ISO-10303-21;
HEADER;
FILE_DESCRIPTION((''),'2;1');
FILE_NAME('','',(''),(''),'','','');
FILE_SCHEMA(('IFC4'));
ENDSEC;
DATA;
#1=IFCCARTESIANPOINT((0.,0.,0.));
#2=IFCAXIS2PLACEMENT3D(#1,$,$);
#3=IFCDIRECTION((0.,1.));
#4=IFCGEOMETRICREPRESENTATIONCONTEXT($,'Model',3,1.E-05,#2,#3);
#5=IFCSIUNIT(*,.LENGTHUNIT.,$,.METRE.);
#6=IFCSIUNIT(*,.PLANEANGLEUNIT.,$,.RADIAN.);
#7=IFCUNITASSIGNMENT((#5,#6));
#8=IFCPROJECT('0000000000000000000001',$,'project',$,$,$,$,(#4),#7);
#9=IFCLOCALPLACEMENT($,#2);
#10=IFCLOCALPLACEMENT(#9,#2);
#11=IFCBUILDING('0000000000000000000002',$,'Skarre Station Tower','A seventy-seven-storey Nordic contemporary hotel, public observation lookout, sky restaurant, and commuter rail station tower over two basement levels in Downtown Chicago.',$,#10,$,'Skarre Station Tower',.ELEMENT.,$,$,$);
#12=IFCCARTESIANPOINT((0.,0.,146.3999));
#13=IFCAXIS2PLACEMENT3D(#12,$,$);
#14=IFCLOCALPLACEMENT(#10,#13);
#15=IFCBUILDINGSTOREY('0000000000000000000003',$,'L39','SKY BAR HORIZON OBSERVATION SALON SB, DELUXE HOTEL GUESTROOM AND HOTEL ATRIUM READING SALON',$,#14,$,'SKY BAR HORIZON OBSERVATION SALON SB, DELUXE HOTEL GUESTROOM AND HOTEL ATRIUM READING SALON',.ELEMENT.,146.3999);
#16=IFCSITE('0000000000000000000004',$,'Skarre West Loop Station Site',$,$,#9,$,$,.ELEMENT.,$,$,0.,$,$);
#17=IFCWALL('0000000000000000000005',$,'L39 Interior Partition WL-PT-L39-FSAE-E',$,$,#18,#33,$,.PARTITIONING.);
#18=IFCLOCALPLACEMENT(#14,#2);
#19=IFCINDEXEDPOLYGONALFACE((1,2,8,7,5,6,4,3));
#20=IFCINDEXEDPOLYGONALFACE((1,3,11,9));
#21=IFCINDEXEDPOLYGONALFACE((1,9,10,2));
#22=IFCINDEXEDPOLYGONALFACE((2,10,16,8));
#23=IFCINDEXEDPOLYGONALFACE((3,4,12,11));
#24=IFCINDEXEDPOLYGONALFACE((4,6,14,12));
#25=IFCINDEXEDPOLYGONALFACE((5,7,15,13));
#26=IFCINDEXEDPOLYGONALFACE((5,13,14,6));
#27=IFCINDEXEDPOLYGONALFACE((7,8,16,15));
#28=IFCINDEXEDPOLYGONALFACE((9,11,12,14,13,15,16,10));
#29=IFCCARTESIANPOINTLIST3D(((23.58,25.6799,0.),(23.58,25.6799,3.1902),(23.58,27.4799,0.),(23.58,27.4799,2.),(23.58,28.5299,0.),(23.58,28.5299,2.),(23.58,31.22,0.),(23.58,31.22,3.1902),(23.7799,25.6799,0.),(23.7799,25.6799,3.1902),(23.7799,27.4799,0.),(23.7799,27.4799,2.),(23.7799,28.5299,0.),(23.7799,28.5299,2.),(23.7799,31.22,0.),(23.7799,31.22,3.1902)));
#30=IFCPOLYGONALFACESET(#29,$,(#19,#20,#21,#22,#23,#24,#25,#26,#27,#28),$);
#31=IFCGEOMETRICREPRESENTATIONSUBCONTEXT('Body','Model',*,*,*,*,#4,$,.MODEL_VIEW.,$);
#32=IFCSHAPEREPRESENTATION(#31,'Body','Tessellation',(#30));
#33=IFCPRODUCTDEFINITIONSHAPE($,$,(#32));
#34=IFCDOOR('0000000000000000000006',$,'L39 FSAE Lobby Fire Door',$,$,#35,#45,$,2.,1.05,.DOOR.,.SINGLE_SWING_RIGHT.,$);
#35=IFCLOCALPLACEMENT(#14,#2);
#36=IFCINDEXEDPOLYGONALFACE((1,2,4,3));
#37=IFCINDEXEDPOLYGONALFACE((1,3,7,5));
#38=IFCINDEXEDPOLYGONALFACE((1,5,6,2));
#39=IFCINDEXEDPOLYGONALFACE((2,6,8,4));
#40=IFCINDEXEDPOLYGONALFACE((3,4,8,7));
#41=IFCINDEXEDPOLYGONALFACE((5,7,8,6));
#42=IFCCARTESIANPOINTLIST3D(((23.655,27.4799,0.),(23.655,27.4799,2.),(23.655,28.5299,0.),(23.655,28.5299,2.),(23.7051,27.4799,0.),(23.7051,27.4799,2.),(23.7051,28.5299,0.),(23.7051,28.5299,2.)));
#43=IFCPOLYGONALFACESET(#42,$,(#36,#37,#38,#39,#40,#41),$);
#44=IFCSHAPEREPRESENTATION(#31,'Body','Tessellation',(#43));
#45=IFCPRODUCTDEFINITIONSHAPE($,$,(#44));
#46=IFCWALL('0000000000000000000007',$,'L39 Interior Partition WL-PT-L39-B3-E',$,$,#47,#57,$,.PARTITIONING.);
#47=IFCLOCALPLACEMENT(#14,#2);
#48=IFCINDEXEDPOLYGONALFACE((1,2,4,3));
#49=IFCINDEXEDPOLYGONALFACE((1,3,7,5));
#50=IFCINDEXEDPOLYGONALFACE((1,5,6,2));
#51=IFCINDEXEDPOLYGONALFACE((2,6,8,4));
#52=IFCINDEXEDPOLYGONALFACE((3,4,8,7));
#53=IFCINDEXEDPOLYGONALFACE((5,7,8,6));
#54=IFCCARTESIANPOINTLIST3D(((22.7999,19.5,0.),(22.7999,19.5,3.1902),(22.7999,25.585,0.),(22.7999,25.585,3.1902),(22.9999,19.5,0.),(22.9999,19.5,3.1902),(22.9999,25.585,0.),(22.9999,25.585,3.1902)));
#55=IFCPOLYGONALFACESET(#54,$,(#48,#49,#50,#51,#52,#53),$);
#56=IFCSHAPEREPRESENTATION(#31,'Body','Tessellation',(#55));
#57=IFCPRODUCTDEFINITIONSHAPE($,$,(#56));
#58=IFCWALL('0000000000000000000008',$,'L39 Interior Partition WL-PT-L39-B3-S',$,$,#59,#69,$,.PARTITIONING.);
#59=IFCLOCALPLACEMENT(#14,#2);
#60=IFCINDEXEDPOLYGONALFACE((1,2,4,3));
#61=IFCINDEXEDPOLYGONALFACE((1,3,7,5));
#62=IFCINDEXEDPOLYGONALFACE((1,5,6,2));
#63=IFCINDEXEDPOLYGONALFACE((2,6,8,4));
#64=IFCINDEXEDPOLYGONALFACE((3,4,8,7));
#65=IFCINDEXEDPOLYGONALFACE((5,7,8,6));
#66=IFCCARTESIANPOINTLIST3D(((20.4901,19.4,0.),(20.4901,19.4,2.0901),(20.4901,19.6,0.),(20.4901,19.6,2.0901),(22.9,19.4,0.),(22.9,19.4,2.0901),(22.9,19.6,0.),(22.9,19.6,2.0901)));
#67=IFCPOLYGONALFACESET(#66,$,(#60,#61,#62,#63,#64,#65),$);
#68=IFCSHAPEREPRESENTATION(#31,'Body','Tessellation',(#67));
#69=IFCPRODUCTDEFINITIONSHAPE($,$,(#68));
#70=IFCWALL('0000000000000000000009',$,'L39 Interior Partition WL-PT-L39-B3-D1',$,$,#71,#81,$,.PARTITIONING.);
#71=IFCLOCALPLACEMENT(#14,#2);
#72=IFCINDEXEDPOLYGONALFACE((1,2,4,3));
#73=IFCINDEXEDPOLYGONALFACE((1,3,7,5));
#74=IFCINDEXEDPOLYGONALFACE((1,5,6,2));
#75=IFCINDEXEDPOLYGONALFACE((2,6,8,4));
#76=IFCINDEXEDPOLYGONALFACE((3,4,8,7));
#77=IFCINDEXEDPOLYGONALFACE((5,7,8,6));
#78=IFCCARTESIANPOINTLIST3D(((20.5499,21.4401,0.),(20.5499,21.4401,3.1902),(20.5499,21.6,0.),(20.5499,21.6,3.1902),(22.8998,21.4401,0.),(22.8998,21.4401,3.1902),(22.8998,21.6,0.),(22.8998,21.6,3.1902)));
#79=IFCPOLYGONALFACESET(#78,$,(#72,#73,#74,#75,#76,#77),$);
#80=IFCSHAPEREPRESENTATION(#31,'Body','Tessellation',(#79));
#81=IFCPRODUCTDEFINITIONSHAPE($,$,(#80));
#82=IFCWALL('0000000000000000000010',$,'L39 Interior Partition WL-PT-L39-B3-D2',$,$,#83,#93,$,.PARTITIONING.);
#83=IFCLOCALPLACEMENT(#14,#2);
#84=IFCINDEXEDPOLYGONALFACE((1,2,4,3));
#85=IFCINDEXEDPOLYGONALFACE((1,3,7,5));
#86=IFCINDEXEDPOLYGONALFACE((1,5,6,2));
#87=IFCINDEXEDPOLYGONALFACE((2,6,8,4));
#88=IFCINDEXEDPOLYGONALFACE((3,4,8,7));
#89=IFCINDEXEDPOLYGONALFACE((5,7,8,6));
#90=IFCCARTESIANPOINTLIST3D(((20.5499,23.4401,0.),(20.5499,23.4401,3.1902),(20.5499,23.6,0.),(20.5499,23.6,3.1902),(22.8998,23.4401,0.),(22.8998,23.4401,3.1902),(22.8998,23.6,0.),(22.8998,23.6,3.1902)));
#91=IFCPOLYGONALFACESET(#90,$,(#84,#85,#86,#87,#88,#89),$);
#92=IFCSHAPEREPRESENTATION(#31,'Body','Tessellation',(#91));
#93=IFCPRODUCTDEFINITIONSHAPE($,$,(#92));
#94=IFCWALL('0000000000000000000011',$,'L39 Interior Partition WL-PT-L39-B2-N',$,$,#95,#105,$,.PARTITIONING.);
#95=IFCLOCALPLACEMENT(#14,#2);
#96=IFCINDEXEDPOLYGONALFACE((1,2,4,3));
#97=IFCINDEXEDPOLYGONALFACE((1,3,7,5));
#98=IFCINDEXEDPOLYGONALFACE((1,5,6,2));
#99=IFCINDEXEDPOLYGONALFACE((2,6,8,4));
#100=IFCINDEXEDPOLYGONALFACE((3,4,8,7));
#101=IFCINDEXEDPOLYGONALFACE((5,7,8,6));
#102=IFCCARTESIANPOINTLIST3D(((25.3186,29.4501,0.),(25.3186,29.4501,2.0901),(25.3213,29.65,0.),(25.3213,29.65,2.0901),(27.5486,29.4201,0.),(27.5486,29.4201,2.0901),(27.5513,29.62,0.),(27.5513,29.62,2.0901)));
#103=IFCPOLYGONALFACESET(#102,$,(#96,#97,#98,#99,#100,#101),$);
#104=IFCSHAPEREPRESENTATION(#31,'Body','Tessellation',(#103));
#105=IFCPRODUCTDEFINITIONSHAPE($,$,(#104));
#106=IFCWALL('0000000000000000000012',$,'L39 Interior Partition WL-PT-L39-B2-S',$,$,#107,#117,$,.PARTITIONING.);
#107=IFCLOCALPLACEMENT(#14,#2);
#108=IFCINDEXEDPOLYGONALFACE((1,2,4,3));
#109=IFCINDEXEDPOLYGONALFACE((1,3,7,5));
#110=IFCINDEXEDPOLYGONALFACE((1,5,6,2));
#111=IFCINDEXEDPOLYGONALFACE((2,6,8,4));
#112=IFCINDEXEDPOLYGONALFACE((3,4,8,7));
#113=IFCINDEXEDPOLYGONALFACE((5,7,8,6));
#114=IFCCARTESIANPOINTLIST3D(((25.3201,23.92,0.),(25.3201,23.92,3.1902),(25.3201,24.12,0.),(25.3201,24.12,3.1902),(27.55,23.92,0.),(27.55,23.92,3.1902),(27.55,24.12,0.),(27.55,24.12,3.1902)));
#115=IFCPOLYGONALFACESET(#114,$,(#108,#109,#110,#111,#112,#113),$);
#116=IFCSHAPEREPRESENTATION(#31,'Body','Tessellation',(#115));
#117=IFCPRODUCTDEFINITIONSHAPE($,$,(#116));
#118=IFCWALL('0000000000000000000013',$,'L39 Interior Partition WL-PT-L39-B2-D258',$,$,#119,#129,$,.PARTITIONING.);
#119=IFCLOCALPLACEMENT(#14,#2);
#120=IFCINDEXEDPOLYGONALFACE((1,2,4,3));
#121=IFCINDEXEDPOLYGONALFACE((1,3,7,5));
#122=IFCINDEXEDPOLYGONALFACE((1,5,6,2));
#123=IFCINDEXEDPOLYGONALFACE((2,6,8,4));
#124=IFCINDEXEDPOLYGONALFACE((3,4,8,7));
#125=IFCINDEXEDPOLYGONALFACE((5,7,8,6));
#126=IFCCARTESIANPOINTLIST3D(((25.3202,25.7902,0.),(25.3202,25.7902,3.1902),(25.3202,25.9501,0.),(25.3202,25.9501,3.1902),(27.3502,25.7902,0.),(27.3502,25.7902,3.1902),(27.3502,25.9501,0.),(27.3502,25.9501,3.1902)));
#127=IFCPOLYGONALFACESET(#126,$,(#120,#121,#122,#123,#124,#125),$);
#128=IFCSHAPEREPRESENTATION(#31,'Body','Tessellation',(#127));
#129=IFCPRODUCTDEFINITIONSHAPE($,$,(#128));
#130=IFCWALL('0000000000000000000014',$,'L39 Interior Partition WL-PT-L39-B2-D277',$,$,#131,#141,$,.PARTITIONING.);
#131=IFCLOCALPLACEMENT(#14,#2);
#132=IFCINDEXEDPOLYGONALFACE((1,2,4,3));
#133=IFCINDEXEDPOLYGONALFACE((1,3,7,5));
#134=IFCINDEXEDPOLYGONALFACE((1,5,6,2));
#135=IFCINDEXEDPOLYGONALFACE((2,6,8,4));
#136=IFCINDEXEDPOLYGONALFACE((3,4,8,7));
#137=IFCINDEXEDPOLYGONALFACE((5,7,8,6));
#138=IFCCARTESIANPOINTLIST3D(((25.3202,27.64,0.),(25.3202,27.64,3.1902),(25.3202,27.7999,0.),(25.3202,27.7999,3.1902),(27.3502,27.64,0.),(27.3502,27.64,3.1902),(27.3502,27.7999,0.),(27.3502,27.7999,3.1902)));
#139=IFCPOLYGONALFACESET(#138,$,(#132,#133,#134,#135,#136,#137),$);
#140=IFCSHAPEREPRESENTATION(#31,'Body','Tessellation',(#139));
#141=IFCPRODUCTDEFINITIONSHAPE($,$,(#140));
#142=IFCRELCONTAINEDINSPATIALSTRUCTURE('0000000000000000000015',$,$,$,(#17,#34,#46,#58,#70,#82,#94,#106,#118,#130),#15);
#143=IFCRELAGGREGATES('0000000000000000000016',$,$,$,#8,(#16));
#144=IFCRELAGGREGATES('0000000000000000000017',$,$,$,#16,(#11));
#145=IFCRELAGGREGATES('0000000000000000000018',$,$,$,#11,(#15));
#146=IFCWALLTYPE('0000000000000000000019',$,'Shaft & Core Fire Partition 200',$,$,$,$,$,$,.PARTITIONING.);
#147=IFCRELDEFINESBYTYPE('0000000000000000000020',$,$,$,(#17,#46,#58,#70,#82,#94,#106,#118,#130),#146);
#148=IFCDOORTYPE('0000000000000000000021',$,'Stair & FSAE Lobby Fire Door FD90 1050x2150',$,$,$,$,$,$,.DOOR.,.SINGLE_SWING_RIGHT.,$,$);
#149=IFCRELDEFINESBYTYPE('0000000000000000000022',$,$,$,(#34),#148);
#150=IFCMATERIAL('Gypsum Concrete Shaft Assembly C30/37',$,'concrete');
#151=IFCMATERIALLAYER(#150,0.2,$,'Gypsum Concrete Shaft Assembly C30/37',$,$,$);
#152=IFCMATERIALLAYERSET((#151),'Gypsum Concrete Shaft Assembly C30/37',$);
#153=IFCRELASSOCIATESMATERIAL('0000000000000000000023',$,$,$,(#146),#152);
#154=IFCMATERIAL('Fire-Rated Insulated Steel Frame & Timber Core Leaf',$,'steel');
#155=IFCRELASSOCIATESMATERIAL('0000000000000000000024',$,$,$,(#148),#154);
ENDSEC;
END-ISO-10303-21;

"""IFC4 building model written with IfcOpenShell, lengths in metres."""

from ifc_helpers import new_model, si_unit, direction, frame, frame_2d, origin, place, context, subcontext, project, spatial, rectangle, extrude, material, layer, layer_set, type_object, element, fill, save


model = new_model("IFC4")

# Units and contexts
model_context = context("Model", 3, precision=1e-05, world=origin(), true_north=direction((0.0, 1.0)))
body_context = subcontext(model_context, "Body", "Model", "MODEL_VIEW")
ifc_project = project(units=[si_unit("LENGTHUNIT", "METRE"), si_unit("PLANEANGLEUNIT", "RADIAN")], contexts=[model_context])

# Site, building, storey
site_placement = place(None, origin())
site = spatial("IfcSite", under=ifc_project, at=site_placement, Name="Skarre West Loop Station Site", CompositionType="ELEMENT", RefElevation=0.0)
building_placement = place(site_placement, origin())
building = spatial("IfcBuilding", under=site, at=building_placement, Name="Skarre Station Tower", Description="A seventy-seven-storey Nordic contemporary hotel, public observation lookout, sky restaurant, and commuter rail station tower over two basement levels in Downtown Chicago.", LongName="Skarre Station Tower", CompositionType="ELEMENT")
storey_placement = place(building_placement, frame((0.0, 0.0, 146.3999)))
storey = spatial("IfcBuildingStorey", under=building, at=storey_placement, Name="L39", Description="SKY BAR HORIZON OBSERVATION SALON SB, DELUXE HOTEL GUESTROOM AND HOTEL ATRIUM READING SALON", LongName="SKY BAR HORIZON OBSERVATION SALON SB, DELUXE HOTEL GUESTROOM AND HOTEL ATRIUM READING SALON", CompositionType="ELEMENT", Elevation=146.3999)

# Shared definitions
ifc_material_1 = material(Name="Gypsum Concrete Shaft Assembly C30/37", Category="concrete")
ifc_layer_1 = layer(ifc_material_1, 0.2, Name="Gypsum Concrete Shaft Assembly C30/37")
ifc_layer_set_1 = layer_set([ifc_layer_1], Name="Gypsum Concrete Shaft Assembly C30/37")
wall_type_1 = type_object("IfcWallType", Name="Shaft & Core Fire Partition 200", PredefinedType="PARTITIONING", material=ifc_layer_set_1)

# Wall, opening, door
wall_1_placement = place(storey_placement, frame((23.6799, 25.6799, 0.0), z_axis=(0.0, 0.0, 1.0), x_axis=(0.0, 1.0, 0.0)))
wall_1 = element("IfcWall", 1, at=wall_1_placement, inside=storey, type_object=wall_type_1, Name="L39 Interior Partition WL-PT-L39-FSAE-E", PredefinedType="PARTITIONING", context=body_context, shape_type="SweptSolid", body=[
    extrude(rectangle(XDim=5.54, YDim=0.2, at=frame_2d((2.77, 0.0))), origin(), (0.0, 0.0, 1.0), 3.1902),
])
opening_1_placement = place(wall_1_placement, frame((1.8, 0.0, 0.0)))
opening_1 = element("IfcOpeningElement", 2, at=opening_1_placement, cuts=wall_1, PredefinedType="OPENING", context=body_context, shape_type="SweptSolid", body=[
    extrude(rectangle(XDim=1.05, YDim=2.0, at=frame_2d((0.5249, 1.0))), frame((0.0, 0.1099, 0.0), z_axis=(0.0, -1.0, 0.0), x_axis=(1.0, 0.0, 0.0)), (0.0, 0.0, 1.0), 0.22),
])
ifc_material_2 = material(Name="Fire-Rated Insulated Steel Frame & Timber Core Leaf", Category="steel")
door_type_1 = type_object("IfcDoorType", Name="Stair & FSAE Lobby Fire Door FD90 1050x2150", OperationType="SINGLE_SWING_RIGHT", PredefinedType="DOOR", material=ifc_material_2)
door_1_placement = place(opening_1_placement, origin())
door_1 = element("IfcDoor", 3, at=door_1_placement, inside=storey, type_object=door_type_1, Name="L39 FSAE Lobby Fire Door", OperationType="SINGLE_SWING_RIGHT", OverallHeight=2.0, OverallWidth=1.05, PredefinedType="DOOR", context=body_context, shape_type="SweptSolid", body=[
    extrude(rectangle(XDim=1.05, YDim=2.0, at=frame_2d((0.5249, 1.0))), frame((0.0, 0.0249, 0.0), z_axis=(0.0, -1.0, 0.0), x_axis=(1.0, 0.0, 0.0)), (0.0, 0.0, 1.0), 0.05),
])
fill(opening_1, door_1)

# Walls
wall_2_placement = place(storey_placement, frame((22.8999, 19.5, 0.0), z_axis=(0.0, 0.0, 1.0), x_axis=(0.0, 1.0, 0.0)))
element("IfcWall", 4, at=wall_2_placement, inside=storey, type_object=wall_type_1, Name="L39 Interior Partition WL-PT-L39-B3-E", PredefinedType="PARTITIONING", context=body_context, shape_type="SweptSolid", body=[
    extrude(rectangle(XDim=6.085, YDim=0.2, at=frame_2d((3.0425, 0.0))), origin(), (0.0, 0.0, 1.0), 3.1902),
])
wall_3_placement = place(storey_placement, frame((20.49, 19.5, 0.0), z_axis=(0.0, 0.0, 1.0), x_axis=(1.0, 0.0, 0.0)))
element("IfcWall", 5, at=wall_3_placement, inside=storey, type_object=wall_type_1, Name="L39 Interior Partition WL-PT-L39-B3-S", PredefinedType="PARTITIONING", context=body_context, shape_type="SweptSolid", body=[
    extrude(rectangle(XDim=2.4099, YDim=0.2, at=frame_2d((1.2051, 0.0))), origin(), (0.0, 0.0, 1.0), 2.0901),
])
for number, where, z_axis, x_axis, name in (
    (6, (20.55, 21.52, 0.0), (0.0, 0.0, 1.0), (1.0, 0.0, 0.0), "L39 Interior Partition WL-PT-L39-B3-D1"),
    (7, (20.55, 23.52, 0.0), (0.0, 0.0, 1.0), (1.0, 0.0, 0.0), "L39 Interior Partition WL-PT-L39-B3-D2"),
):
    element("IfcWall", number, at=place(storey_placement, frame(where, z_axis=z_axis, x_axis=x_axis)), inside=storey, type_object=wall_type_1, Name=name, PredefinedType="PARTITIONING", context=body_context, shape_type="SweptSolid", body=[
        extrude(rectangle(XDim=2.3499, YDim=0.1599, at=frame_2d((1.1748, 0.0))), origin(), (0.0, 0.0, 1.0), 3.1902),
    ])
wall_4_placement = place(storey_placement, frame((27.55, 29.52, 0.0), z_axis=(0.0, 0.0, 1.0), x_axis=(-0.999909, 0.013465, 0.0)))
element("IfcWall", 8, at=wall_4_placement, inside=storey, type_object=wall_type_1, Name="L39 Interior Partition WL-PT-L39-B2-N", PredefinedType="PARTITIONING", context=body_context, shape_type="SweptSolid", body=[
    extrude(rectangle(XDim=2.2302, YDim=0.2, at=frame_2d((1.1152, 0.0))), origin(), (0.0, 0.0, 1.0), 2.0901),
])
wall_5_placement = place(storey_placement, frame((25.3201, 24.02, 0.0), z_axis=(0.0, 0.0, 1.0), x_axis=(1.0, 0.0, 0.0)))
element("IfcWall", 9, at=wall_5_placement, inside=storey, type_object=wall_type_1, Name="L39 Interior Partition WL-PT-L39-B2-S", PredefinedType="PARTITIONING", context=body_context, shape_type="SweptSolid", body=[
    extrude(rectangle(XDim=2.23, YDim=0.2, at=frame_2d((1.115, 0.0))), origin(), (0.0, 0.0, 1.0), 3.1902),
])
for number, where, z_axis, x_axis, name in (
    (10, (25.3201, 25.8701, 0.0), (0.0, 0.0, 1.0), (1.0, 0.0, 0.0), "L39 Interior Partition WL-PT-L39-B2-D258"),
    (11, (25.3201, 27.72, 0.0), (0.0, 0.0, 1.0), (1.0, 0.0, 0.0), "L39 Interior Partition WL-PT-L39-B2-D277"),
):
    element("IfcWall", number, at=place(storey_placement, frame(where, z_axis=z_axis, x_axis=x_axis)), inside=storey, type_object=wall_type_1, Name=name, PredefinedType="PARTITIONING", context=body_context, shape_type="SweptSolid", body=[
        extrude(rectangle(XDim=2.03, YDim=0.1599, at=frame_2d((1.0151, 0.0))), origin(), (0.0, 0.0, 1.0), 3.1902),
    ])

save(model, "model.ifc")
